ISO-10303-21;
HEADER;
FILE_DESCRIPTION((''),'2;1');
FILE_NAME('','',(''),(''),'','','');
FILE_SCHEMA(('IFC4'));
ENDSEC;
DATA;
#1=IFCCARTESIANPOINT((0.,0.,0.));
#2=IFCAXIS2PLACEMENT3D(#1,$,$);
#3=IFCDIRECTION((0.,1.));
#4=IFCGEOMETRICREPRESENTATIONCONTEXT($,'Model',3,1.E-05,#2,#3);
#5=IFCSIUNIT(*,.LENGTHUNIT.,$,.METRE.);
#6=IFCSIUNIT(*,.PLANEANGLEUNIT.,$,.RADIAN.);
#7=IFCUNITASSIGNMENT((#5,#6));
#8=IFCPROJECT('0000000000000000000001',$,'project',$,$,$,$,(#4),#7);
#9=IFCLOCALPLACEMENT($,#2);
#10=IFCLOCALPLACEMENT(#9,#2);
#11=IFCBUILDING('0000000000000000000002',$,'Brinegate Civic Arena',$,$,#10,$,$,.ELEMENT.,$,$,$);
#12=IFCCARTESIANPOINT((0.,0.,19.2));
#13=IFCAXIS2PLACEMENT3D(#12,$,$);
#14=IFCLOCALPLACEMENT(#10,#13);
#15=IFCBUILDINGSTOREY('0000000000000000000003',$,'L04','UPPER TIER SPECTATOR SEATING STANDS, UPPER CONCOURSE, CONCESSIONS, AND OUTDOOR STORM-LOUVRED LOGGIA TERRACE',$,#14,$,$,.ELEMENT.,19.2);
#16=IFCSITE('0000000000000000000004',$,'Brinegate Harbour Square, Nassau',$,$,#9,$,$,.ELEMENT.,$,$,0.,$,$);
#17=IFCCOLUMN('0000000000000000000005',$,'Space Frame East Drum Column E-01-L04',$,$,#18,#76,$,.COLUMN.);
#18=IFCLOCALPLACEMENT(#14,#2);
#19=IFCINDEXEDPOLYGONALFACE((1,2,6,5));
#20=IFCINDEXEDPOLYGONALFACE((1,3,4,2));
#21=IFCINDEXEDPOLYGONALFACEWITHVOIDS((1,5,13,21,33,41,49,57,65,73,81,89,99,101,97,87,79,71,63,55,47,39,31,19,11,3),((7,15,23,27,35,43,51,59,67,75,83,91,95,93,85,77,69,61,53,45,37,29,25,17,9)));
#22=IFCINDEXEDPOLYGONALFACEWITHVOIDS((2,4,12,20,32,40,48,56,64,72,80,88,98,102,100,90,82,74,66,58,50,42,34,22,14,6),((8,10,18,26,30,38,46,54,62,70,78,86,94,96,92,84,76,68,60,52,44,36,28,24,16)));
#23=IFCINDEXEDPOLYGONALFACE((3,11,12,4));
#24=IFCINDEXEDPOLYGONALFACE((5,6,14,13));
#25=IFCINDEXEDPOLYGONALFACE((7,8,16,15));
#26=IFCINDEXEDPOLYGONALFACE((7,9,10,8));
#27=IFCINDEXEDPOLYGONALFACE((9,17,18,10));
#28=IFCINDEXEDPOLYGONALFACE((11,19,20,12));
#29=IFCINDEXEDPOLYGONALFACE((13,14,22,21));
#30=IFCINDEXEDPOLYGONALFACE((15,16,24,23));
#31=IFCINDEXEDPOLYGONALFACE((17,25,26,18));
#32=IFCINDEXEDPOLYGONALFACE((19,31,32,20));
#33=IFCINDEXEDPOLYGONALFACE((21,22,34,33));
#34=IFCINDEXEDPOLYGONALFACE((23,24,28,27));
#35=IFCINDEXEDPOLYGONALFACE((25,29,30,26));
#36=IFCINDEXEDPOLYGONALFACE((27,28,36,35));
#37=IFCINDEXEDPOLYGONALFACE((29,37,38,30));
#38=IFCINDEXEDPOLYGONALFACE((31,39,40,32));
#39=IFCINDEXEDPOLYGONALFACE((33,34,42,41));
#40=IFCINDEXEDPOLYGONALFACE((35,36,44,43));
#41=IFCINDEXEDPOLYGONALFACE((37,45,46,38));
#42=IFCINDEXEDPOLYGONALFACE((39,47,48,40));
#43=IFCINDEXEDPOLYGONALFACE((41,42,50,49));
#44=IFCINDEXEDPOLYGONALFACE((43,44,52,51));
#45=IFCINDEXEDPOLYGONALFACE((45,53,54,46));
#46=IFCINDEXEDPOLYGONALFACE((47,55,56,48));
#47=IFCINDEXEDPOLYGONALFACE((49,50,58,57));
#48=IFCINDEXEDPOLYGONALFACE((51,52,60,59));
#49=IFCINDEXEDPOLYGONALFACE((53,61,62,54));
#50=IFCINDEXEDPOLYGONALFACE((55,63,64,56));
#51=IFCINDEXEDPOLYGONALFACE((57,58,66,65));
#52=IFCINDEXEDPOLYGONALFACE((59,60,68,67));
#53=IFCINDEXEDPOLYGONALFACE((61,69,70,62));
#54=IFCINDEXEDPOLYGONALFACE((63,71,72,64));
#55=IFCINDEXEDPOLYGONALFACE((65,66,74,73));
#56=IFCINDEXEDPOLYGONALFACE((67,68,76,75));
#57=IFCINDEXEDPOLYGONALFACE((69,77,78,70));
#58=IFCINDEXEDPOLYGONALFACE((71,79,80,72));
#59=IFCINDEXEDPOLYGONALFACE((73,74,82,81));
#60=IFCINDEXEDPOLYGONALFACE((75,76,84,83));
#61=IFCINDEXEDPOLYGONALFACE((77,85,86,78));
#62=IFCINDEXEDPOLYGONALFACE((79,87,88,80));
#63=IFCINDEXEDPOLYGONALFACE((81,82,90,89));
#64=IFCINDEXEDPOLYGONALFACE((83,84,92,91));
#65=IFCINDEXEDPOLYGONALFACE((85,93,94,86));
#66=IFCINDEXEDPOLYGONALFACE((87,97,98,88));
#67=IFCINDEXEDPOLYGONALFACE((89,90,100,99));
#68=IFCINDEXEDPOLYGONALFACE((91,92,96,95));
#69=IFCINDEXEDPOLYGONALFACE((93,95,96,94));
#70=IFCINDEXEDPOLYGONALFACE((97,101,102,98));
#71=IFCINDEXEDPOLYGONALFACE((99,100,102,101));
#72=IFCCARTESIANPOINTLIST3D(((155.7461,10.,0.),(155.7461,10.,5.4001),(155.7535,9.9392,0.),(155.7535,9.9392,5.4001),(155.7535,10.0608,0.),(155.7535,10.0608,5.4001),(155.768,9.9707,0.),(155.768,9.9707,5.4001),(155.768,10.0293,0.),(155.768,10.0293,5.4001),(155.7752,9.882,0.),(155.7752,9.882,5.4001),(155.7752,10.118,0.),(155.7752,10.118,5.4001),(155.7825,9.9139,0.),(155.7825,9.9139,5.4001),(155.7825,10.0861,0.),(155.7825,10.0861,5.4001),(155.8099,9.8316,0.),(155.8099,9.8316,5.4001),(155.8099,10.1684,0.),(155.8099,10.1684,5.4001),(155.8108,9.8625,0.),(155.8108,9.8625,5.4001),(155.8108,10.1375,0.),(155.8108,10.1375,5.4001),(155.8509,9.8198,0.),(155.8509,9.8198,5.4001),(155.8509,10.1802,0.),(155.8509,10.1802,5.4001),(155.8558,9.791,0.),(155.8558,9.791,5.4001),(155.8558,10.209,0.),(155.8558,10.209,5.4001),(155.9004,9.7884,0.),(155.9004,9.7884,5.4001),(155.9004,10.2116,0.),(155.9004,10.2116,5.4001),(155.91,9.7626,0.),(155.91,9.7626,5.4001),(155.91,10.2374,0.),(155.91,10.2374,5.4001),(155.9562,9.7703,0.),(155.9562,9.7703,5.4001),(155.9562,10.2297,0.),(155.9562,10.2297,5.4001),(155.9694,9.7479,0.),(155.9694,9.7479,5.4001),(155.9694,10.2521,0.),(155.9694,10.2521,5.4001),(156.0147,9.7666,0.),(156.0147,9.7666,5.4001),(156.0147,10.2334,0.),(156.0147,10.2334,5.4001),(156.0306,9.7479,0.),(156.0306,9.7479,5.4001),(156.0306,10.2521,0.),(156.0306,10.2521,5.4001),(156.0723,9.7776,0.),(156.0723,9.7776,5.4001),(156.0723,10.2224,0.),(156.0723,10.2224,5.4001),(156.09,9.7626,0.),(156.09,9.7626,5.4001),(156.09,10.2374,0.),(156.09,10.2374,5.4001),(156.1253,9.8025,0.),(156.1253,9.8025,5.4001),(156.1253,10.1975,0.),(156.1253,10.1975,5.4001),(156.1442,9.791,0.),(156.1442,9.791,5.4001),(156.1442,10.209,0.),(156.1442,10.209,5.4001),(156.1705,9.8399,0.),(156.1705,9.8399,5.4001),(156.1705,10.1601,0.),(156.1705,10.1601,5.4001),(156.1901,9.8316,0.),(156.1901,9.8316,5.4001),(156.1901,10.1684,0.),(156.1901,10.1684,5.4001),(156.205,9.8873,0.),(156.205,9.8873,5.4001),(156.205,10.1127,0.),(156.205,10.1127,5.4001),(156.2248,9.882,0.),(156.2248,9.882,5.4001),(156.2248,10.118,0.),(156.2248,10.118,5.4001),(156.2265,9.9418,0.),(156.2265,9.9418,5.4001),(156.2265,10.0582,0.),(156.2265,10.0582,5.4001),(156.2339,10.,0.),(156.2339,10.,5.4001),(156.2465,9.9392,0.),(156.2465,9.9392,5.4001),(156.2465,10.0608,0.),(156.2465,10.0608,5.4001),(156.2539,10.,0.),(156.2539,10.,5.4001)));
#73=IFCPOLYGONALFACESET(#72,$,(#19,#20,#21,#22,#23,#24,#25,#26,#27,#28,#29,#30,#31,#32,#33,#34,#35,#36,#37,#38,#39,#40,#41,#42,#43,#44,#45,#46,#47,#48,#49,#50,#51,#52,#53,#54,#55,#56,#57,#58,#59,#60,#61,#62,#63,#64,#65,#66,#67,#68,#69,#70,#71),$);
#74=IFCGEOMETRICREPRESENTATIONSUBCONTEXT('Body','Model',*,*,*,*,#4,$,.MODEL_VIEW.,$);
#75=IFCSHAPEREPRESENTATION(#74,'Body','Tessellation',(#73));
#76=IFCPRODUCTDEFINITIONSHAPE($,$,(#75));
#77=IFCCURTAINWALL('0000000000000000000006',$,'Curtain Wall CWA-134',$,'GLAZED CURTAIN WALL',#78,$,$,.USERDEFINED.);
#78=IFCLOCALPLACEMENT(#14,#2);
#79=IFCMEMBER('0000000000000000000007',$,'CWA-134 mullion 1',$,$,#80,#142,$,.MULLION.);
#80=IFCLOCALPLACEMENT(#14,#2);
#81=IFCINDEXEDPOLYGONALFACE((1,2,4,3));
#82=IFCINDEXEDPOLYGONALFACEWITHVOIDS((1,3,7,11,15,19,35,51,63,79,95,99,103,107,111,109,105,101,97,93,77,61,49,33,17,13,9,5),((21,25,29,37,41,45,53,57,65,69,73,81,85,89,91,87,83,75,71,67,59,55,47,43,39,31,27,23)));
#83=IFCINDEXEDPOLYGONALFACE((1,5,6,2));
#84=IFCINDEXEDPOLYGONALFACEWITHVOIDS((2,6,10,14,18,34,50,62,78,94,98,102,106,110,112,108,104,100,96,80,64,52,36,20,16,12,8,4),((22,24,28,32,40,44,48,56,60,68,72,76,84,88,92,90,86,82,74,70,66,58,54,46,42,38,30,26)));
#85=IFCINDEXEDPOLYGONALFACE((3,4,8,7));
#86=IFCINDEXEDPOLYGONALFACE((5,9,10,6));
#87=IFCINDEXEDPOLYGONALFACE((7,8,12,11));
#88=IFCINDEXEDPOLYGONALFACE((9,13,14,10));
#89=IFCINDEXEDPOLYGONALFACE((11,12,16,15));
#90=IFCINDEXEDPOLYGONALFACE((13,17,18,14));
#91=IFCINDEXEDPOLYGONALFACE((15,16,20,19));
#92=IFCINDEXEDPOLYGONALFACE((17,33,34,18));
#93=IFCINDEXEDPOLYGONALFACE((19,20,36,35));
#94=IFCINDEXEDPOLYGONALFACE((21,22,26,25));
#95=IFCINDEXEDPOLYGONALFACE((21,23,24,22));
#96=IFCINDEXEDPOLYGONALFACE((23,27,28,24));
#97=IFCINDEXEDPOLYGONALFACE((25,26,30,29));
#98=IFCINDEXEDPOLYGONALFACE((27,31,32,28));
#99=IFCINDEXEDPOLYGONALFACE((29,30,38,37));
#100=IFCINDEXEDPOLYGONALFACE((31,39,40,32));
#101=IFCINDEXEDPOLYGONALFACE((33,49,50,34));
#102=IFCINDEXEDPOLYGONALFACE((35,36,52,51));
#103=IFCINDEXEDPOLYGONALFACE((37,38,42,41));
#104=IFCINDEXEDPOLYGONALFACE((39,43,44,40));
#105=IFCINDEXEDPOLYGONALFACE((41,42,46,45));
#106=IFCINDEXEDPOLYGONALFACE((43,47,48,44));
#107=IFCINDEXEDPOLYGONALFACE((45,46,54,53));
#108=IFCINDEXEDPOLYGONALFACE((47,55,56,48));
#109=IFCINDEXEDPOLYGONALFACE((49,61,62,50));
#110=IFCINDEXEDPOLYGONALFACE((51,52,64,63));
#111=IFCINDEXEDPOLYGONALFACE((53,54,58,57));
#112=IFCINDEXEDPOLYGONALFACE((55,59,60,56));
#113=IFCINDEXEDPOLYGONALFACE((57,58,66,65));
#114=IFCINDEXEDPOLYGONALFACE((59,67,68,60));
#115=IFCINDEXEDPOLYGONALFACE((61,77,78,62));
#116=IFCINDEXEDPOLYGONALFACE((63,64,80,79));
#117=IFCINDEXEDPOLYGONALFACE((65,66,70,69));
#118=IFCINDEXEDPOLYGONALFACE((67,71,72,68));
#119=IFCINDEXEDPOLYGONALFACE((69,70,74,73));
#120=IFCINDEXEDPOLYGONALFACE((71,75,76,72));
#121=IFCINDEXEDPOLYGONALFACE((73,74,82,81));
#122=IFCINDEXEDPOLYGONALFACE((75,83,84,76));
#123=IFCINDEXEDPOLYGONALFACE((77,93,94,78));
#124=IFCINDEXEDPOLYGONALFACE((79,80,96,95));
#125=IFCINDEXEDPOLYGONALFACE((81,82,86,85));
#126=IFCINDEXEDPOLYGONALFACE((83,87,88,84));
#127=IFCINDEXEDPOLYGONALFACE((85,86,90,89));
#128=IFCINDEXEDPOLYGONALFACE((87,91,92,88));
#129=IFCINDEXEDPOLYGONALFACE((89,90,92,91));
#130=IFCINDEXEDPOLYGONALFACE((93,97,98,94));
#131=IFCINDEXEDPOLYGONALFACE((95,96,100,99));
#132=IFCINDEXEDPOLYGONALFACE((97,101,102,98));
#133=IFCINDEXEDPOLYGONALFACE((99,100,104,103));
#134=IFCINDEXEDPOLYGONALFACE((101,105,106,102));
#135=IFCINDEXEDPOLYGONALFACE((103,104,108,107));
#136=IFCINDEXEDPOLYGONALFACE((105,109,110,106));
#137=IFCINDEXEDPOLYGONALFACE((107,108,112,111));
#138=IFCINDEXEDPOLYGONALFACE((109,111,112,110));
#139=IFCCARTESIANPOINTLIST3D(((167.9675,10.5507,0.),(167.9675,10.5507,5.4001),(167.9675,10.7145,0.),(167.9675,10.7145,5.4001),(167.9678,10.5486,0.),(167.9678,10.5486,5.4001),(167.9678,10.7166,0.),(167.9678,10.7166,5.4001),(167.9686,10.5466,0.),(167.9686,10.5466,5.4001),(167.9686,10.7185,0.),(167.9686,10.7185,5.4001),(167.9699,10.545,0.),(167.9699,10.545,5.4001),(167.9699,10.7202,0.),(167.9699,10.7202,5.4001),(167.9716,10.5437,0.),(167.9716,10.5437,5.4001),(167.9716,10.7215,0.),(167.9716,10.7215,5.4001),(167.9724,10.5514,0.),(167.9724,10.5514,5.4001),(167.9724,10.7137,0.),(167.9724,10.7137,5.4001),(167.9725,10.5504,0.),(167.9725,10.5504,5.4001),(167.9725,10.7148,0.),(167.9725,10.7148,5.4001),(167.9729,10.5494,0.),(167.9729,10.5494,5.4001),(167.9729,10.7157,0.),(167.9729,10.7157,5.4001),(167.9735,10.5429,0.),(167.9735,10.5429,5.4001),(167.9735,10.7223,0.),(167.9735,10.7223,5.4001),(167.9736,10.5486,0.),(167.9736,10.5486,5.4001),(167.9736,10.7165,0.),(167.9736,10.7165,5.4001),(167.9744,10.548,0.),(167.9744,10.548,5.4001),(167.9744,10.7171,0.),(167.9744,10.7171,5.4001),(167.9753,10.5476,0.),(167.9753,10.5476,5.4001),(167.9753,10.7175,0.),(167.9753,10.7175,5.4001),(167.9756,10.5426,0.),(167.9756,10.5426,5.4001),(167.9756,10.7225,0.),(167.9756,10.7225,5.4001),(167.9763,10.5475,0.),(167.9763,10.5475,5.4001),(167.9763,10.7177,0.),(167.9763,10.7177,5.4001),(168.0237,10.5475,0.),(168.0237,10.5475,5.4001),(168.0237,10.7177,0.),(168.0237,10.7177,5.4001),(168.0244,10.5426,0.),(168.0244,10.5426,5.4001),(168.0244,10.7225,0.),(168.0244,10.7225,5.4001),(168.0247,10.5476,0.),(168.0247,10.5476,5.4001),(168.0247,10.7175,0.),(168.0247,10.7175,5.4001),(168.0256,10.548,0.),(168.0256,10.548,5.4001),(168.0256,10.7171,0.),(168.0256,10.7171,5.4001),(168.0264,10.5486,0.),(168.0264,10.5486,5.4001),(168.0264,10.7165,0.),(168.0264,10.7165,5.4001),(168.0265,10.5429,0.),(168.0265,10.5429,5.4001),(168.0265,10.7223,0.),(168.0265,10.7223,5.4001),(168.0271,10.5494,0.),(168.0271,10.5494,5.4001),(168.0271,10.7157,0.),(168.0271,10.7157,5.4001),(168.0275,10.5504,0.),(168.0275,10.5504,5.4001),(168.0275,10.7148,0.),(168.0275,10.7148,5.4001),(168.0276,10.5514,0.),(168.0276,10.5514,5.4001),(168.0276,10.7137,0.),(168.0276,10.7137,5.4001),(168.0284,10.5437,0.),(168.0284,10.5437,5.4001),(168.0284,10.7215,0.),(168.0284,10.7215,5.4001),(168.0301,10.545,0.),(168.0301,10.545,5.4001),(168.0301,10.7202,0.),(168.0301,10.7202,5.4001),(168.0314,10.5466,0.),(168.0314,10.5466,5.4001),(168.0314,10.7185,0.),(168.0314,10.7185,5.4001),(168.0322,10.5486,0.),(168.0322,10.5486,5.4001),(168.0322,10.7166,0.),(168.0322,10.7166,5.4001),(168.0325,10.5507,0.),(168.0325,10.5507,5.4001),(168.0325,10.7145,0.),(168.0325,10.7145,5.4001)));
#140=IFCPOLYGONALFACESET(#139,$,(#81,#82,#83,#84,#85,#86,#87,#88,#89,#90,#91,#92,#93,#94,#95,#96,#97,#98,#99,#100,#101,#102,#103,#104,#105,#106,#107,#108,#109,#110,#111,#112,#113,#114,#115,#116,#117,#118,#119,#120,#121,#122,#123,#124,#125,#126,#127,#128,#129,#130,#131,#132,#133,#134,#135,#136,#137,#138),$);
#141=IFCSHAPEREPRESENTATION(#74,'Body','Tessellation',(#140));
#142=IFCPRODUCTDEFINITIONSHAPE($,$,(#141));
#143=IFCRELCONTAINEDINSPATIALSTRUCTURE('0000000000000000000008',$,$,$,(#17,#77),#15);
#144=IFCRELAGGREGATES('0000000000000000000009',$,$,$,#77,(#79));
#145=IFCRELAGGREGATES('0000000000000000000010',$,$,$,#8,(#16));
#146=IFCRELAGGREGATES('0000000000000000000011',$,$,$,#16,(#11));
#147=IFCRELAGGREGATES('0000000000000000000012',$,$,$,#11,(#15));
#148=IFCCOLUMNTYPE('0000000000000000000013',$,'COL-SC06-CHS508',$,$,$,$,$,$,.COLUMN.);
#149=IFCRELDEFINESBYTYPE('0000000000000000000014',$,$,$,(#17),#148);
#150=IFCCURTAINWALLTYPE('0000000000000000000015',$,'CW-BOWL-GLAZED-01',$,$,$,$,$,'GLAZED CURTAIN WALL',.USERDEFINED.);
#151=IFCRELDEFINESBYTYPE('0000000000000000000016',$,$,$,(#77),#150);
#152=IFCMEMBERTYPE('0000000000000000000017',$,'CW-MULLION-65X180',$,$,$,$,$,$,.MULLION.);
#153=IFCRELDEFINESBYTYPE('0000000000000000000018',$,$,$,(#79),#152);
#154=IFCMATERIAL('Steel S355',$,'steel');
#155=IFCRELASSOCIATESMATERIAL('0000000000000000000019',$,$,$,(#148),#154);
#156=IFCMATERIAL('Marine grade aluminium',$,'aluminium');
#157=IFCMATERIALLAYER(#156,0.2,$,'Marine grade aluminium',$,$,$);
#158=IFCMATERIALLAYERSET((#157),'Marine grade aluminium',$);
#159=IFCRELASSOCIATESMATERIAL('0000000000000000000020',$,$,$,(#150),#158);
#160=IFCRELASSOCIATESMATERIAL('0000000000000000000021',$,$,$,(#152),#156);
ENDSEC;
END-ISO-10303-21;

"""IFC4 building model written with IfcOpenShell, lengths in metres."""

from ifc_helpers import new_model, si_unit, direction, frame, origin, origin_2d, place, context, subcontext, project, spatial, hollow_rectangle, hollow_circle, extrude, material, layer, layer_set, material_profile, profile_set, type_object, element, aggregate, save


model = new_model("IFC4")

# Units and contexts
model_context = context("Model", 3, precision=1e-05, world=origin(), true_north=direction((0.0, 1.0)))
body_context = subcontext(model_context, "Body", "Model", "MODEL_VIEW")
ifc_project = project(units=[si_unit("LENGTHUNIT", "METRE"), si_unit("PLANEANGLEUNIT", "RADIAN")], contexts=[model_context])

# Site, building, storey
site_placement = place(None, origin())
site = spatial("IfcSite", under=ifc_project, at=site_placement, Name="Brinegate Harbour Square, Nassau", CompositionType="ELEMENT", RefElevation=0.0)
building_placement = place(site_placement, origin())
building = spatial("IfcBuilding", under=site, at=building_placement, Name="Brinegate Civic Arena", CompositionType="ELEMENT")
storey_placement = place(building_placement, frame((0.0, 0.0, 19.2)))
storey = spatial("IfcBuildingStorey", under=building, at=storey_placement, Name="L04", Description="UPPER TIER SPECTATOR SEATING STANDS, UPPER CONCOURSE, CONCESSIONS, AND OUTDOOR STORM-LOUVRED LOGGIA TERRACE", CompositionType="ELEMENT", Elevation=19.2)

# Column
ifc_material_1 = material(Name="Steel S355", Category="steel")
ifc_material_profile_1 = material_profile(ifc_material_1, hollow_circle(Radius=0.2539, WallThickness=0.02, at=origin_2d()), Name="CHS508X20")
ifc_profile_set_1 = profile_set([ifc_material_profile_1], Name="Steel S355")
column_type = type_object("IfcColumnType", Name="COL-SC06-CHS508", PredefinedType="COLUMN", material=ifc_profile_set_1)
column_placement = place(storey_placement, frame((156.0, 10.0, 0.0), z_axis=(0.0, 0.0, 1.0), x_axis=(1.0, 0.0, 0.0)))
element("IfcColumn", 1, at=column_placement, inside=storey, type_object=column_type, Name="Space Frame East Drum Column E-01-L04", PredefinedType="COLUMN", context=body_context, shape_type="SweptSolid", body=[
    extrude(hollow_circle(Radius=0.2539, WallThickness=0.02, at=origin_2d()), origin(), (0.0, 0.0, 1.0), 5.4001),
])

# Curtain wall, member
ifc_material_2 = material(Name="Marine grade aluminium", Category="aluminium")
ifc_layer_1 = layer(ifc_material_2, 0.2, Name="Marine grade aluminium")
ifc_layer_set_1 = layer_set([ifc_layer_1], Name="Marine grade aluminium")
curtain_wall_type = type_object("IfcCurtainWallType", Name="CW-BOWL-GLAZED-01", ElementType="GLAZED CURTAIN WALL", PredefinedType="USERDEFINED", material=ifc_layer_set_1)
curtain_wall_1_placement = place(storey_placement, origin())
curtain_wall_1 = element("IfcCurtainWall", 2, at=curtain_wall_1_placement, inside=storey, type_object=curtain_wall_type, Name="Curtain Wall CWA-134", ObjectType="GLAZED CURTAIN WALL", PredefinedType="USERDEFINED")
ifc_material_profile_2 = material_profile(ifc_material_2, hollow_rectangle(XDim=0.0649, YDim=0.1799, WallThickness=0.0049, InnerFilletRadius=0.0039, OuterFilletRadius=0.0081, at=origin_2d()), Name="MUL65X180")
ifc_profile_set_2 = profile_set([ifc_material_profile_2], Name="Marine grade aluminium")
member_type_1 = type_object("IfcMemberType", Name="CW-MULLION-65X180", PredefinedType="MULLION", material=ifc_profile_set_2)
member_1_placement = place(storey_placement, frame((168.0, 10.6326, 0.0), z_axis=(0.0, 0.0, 1.0), x_axis=(-1.0, 0.0, 0.0)))
member_1 = element("IfcMember", 3, at=member_1_placement, type_object=member_type_1, Name="CWA-134 mullion 1", PredefinedType="MULLION", context=body_context, shape_type="SweptSolid", body=[
    extrude(hollow_rectangle(XDim=0.0649, YDim=0.1799, WallThickness=0.0049, InnerFilletRadius=0.0039, OuterFilletRadius=0.0081, at=origin_2d()), origin(), (0.0, 0.0, 1.0), 5.4001),
])

aggregate(curtain_wall_1, [member_1])

save(model, "model.ifc")
